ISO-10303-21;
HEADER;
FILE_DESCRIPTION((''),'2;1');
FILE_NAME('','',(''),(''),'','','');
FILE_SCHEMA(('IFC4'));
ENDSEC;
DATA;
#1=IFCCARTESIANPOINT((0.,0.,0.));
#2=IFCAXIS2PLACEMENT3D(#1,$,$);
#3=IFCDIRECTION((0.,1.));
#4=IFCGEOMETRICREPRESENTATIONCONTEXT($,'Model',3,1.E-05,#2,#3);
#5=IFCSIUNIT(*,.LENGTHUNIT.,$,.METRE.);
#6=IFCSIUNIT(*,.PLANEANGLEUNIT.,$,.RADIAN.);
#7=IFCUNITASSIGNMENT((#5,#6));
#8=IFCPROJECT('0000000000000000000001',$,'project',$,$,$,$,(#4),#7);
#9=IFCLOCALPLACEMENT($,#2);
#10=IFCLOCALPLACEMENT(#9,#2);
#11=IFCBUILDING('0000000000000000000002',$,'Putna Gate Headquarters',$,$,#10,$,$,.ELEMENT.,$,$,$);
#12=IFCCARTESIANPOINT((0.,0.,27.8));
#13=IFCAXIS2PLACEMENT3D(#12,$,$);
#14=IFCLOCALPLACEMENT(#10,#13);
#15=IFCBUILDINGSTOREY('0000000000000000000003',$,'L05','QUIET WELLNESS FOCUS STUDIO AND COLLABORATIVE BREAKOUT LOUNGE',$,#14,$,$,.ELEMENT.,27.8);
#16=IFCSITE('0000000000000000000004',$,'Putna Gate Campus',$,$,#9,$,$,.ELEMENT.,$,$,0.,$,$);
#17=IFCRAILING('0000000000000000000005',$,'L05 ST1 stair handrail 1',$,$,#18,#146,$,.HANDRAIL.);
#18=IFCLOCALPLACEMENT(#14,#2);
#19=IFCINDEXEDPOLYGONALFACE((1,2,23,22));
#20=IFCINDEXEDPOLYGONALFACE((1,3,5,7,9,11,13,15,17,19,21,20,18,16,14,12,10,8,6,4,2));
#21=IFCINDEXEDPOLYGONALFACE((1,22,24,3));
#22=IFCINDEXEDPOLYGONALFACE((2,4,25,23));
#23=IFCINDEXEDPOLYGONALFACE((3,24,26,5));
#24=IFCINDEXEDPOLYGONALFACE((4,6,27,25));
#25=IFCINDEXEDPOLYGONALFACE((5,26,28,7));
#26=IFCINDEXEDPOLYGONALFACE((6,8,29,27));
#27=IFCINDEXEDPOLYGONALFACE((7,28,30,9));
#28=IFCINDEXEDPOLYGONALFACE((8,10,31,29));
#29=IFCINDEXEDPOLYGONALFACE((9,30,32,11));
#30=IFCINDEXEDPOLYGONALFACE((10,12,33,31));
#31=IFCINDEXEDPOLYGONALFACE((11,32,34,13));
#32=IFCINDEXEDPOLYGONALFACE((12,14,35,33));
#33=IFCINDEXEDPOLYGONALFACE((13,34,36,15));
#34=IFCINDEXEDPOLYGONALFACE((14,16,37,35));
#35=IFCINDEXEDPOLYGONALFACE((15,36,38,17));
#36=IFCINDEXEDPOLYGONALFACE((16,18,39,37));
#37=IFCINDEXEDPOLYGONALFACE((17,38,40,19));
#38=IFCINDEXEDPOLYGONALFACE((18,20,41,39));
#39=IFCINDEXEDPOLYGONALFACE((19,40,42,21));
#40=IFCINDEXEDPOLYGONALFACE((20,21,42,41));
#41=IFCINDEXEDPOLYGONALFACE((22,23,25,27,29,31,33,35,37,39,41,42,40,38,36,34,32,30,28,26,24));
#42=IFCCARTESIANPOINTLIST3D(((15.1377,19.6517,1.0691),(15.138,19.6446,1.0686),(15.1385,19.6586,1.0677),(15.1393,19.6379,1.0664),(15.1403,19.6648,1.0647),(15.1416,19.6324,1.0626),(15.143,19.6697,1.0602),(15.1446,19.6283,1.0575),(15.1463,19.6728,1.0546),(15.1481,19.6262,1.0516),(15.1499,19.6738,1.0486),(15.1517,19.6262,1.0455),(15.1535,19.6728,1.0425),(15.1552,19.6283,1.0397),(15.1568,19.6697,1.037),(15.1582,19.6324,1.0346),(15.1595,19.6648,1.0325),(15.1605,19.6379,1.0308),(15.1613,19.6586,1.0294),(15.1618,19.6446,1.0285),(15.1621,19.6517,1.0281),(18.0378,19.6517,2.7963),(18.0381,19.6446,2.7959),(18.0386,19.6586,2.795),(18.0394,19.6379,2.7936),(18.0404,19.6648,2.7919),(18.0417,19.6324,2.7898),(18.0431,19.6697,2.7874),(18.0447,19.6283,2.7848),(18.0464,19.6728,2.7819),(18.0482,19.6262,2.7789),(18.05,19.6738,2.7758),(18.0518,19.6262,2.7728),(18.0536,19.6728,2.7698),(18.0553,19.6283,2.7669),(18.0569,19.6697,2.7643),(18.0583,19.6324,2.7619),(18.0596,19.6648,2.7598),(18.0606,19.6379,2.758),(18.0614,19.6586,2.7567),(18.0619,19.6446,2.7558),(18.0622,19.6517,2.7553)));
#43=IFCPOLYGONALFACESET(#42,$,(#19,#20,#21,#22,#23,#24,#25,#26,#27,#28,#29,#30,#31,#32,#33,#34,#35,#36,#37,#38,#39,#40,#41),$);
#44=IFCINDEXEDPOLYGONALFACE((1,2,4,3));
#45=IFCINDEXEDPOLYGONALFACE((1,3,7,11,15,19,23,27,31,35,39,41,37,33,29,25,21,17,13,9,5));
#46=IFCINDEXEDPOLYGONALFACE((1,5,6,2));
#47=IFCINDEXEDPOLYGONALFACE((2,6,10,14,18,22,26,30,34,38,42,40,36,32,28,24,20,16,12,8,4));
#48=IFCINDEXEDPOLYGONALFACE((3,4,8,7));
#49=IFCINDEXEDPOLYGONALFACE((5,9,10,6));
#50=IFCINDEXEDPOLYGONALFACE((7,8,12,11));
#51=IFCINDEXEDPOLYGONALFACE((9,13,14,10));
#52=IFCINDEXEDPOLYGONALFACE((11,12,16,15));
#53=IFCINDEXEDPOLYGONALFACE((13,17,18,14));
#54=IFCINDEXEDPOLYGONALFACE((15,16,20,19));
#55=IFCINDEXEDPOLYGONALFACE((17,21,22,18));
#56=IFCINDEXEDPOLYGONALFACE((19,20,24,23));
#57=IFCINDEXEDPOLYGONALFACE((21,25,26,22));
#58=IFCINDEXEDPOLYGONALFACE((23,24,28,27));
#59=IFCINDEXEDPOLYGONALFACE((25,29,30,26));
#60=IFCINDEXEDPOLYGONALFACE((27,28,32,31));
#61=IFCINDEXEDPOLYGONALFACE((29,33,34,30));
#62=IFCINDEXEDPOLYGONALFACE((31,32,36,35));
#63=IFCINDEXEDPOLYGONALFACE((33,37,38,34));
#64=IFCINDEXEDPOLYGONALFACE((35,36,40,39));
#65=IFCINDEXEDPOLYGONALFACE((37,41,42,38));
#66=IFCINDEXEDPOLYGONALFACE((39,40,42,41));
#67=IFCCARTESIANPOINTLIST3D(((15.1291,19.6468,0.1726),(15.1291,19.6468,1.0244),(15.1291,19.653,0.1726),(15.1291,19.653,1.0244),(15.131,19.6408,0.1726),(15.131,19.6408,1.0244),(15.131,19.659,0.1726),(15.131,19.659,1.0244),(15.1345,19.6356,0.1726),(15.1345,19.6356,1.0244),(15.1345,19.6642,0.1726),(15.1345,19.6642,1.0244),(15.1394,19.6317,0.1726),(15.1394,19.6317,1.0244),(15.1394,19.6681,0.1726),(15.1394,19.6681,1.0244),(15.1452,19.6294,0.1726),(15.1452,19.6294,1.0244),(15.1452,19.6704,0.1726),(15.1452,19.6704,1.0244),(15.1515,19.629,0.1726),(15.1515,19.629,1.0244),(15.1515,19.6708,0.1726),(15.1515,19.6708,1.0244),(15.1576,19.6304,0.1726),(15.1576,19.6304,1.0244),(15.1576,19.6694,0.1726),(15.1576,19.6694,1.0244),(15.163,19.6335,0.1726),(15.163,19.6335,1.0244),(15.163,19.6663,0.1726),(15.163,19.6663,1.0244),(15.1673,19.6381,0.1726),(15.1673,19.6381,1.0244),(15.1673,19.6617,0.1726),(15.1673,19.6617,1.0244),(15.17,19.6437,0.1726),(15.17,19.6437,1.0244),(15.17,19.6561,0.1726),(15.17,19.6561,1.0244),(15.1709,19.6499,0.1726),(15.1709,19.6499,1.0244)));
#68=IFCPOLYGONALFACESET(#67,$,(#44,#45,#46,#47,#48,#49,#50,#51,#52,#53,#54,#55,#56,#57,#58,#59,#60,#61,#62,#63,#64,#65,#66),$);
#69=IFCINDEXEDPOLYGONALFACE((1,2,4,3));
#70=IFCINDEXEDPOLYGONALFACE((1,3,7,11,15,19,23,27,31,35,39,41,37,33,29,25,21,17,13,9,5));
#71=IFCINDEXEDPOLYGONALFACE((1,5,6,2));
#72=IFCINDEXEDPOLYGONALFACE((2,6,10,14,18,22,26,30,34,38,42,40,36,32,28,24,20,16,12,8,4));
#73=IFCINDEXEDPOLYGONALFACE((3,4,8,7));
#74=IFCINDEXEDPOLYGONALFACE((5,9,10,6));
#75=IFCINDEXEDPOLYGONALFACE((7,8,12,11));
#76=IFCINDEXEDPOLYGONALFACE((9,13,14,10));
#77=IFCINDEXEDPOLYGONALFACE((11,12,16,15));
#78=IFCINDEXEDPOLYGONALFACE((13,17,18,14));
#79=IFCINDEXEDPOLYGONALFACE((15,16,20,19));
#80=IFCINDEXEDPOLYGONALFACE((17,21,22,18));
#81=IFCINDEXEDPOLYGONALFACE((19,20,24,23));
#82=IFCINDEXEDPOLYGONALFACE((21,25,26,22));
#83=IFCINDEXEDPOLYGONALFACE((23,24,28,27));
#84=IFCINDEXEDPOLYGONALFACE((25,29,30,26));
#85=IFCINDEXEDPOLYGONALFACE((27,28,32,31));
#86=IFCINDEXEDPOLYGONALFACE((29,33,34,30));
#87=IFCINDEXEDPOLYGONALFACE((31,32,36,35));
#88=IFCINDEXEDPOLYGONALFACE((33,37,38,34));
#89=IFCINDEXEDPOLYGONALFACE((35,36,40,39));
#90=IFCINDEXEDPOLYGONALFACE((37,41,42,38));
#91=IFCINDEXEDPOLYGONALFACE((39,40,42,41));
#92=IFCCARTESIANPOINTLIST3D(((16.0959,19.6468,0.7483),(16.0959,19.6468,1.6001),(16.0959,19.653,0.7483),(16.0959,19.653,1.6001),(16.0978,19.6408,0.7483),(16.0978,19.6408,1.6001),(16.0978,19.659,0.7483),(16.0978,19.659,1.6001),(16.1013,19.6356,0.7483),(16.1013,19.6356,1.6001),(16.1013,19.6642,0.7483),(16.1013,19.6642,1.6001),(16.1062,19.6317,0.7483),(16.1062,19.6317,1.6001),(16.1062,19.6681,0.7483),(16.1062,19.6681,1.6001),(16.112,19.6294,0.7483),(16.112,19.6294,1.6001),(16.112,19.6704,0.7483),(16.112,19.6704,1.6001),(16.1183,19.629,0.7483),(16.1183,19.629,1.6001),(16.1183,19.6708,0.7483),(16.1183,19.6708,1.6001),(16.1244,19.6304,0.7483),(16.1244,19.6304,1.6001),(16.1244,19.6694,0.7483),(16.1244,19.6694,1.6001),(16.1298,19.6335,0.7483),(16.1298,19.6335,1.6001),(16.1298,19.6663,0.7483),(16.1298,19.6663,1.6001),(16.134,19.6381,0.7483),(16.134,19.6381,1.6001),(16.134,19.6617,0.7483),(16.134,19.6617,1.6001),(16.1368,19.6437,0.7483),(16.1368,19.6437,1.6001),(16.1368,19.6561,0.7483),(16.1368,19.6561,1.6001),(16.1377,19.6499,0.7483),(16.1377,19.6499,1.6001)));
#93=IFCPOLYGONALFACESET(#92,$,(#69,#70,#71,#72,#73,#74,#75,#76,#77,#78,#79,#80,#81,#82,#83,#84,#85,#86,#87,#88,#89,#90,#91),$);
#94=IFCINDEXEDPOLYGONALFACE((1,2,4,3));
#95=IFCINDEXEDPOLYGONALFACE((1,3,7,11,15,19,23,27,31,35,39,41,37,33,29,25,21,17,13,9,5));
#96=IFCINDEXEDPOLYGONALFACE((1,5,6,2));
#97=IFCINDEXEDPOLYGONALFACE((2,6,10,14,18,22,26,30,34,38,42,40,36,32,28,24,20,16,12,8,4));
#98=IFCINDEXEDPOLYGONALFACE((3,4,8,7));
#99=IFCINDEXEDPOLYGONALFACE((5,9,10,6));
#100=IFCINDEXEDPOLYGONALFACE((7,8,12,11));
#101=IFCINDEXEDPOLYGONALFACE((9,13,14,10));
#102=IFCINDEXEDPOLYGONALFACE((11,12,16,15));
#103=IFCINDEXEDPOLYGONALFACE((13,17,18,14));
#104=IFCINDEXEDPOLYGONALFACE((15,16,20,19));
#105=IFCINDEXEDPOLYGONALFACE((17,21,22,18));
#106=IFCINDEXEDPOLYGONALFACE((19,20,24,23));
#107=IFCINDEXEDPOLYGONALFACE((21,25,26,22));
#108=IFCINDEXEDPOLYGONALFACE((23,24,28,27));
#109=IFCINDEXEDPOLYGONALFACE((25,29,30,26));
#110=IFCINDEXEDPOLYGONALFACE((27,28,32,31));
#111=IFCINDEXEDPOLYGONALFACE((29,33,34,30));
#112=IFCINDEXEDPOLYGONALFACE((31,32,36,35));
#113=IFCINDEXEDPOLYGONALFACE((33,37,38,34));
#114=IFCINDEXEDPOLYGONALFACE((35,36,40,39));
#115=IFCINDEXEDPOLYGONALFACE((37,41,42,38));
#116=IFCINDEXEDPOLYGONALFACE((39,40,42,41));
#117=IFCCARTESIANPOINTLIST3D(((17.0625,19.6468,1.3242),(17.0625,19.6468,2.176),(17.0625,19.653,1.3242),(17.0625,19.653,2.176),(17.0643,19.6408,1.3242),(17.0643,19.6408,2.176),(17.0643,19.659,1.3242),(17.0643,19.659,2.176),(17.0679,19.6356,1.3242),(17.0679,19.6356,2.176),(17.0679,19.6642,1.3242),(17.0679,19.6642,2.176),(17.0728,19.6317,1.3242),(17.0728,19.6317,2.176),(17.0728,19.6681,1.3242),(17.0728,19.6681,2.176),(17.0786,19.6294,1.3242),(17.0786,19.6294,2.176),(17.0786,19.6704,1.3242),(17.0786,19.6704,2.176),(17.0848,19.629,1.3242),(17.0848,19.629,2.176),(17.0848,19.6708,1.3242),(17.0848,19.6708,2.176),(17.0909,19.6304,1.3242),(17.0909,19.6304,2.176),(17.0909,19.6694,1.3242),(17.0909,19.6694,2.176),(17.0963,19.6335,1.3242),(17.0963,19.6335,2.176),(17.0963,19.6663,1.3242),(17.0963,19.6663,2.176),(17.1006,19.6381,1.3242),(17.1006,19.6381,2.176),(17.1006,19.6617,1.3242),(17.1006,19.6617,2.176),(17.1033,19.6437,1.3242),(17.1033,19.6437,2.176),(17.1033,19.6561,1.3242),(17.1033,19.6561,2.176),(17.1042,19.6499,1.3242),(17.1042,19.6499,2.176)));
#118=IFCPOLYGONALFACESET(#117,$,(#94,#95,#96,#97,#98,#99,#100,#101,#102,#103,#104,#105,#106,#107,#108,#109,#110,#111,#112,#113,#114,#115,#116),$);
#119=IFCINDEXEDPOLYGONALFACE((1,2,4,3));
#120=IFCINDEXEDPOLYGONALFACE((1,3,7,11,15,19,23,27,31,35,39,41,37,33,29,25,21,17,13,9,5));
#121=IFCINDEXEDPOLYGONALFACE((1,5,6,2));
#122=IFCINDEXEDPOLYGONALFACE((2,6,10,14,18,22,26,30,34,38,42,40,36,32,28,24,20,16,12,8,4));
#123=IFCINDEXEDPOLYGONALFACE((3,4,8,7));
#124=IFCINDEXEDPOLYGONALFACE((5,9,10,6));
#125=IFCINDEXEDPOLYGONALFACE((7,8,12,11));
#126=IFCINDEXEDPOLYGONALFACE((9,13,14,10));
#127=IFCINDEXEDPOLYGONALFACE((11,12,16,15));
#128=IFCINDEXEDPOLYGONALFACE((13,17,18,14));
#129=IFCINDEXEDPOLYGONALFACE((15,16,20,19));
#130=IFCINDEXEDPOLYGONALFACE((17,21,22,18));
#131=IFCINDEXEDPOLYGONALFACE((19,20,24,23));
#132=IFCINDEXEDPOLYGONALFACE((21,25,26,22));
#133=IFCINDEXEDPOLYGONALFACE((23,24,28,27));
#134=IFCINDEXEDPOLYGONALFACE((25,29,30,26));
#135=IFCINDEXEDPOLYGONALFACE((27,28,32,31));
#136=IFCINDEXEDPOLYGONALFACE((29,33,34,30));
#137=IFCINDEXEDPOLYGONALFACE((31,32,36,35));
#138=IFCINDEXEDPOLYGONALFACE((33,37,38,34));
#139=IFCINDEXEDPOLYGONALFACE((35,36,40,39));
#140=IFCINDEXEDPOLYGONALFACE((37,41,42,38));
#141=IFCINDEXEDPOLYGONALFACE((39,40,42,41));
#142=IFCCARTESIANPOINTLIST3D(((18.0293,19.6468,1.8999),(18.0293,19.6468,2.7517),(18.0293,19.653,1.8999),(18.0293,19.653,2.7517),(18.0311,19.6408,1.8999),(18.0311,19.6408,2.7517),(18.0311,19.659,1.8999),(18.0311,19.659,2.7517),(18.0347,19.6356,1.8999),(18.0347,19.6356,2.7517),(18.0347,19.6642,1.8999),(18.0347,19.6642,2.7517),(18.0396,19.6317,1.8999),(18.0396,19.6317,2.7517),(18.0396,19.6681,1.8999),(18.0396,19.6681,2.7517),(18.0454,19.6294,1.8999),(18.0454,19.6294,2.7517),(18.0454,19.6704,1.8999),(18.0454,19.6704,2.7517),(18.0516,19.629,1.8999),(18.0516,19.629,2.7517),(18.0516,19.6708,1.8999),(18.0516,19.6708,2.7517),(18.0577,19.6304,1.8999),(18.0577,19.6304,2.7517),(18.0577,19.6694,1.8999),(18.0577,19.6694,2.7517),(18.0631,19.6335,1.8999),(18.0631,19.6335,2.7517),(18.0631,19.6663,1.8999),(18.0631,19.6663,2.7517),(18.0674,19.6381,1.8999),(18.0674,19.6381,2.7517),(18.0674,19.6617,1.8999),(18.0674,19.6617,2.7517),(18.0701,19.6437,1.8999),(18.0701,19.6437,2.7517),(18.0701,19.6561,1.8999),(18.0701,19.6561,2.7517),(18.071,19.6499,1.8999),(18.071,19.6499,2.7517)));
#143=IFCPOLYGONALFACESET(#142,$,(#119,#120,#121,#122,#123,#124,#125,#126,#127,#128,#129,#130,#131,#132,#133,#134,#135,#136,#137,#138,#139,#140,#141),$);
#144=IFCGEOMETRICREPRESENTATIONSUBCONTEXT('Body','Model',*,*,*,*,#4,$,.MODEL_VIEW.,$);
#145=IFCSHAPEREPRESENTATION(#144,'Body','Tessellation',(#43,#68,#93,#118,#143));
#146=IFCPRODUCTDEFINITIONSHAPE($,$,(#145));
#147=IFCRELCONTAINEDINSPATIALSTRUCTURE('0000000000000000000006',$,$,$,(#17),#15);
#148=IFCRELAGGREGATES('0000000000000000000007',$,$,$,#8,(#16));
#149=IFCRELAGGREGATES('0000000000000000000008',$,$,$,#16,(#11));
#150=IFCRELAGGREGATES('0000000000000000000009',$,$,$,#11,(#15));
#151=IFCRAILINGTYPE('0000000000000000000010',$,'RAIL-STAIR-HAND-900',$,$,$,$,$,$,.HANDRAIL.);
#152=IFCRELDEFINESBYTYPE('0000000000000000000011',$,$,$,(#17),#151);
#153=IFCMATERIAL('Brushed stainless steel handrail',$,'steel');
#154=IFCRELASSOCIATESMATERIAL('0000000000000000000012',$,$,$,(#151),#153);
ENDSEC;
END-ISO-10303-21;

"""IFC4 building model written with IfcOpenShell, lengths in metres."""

from ifc_helpers import new_model, si_unit, direction, frame, origin, origin_2d, place, context, subcontext, project, spatial, circle, extrude, material, type_object, element, save


model = new_model("IFC4")

# Units and contexts
model_context = context("Model", 3, precision=1e-05, world=origin(), true_north=direction((0.0, 1.0)))
body_context = subcontext(model_context, "Body", "Model", "MODEL_VIEW")
ifc_project = project(units=[si_unit("LENGTHUNIT", "METRE"), si_unit("PLANEANGLEUNIT", "RADIAN")], contexts=[model_context])

# Site, building, storey
site_placement = place(None, origin())
site = spatial("IfcSite", under=ifc_project, at=site_placement, Name="Putna Gate Campus", CompositionType="ELEMENT", RefElevation=0.0)
building_placement = place(site_placement, origin())
building = spatial("IfcBuilding", under=site, at=building_placement, Name="Putna Gate Headquarters", CompositionType="ELEMENT")
storey_placement = place(building_placement, frame((0.0, 0.0, 27.8)))
storey = spatial("IfcBuildingStorey", under=building, at=storey_placement, Name="L05", Description="QUIET WELLNESS FOCUS STUDIO AND COLLABORATIVE BREAKOUT LOUNGE", CompositionType="ELEMENT", Elevation=27.8)

# Railing
ifc_material_1 = material(Name="Brushed stainless steel handrail", Category="steel")
railing_type_1 = type_object("IfcRailingType", Name="RAIL-STAIR-HAND-900", PredefinedType="HANDRAIL", material=ifc_material_1)
railing_1_placement = place(storey_placement, frame((15.1499, 19.6499, 0.1726)))
element("IfcRailing", 1, at=railing_1_placement, inside=storey, type_object=railing_type_1, Name="L05 ST1 stair handrail 1", PredefinedType="HANDRAIL", context=body_context, shape_type="SweptSolid", body=[
    extrude(circle(Radius=0.0239, at=origin_2d()), frame((0.0, 0.0, 0.876), z_axis=(0.85916, 0.0, 0.511706), x_axis=(0.0, 1.0, 0.0)), (0.0, 0.0, 1.0), 3.3755),
    extrude(circle(Radius=0.021, at=origin_2d()), origin(), (0.0, 0.0, 1.0), 0.8518),
    extrude(circle(Radius=0.021, at=origin_2d()), frame((0.9668, 0.0, 0.5757)), (0.0, 0.0, 1.0), 0.8518),
    extrude(circle(Radius=0.021, at=origin_2d()), frame((1.9333, 0.0, 1.1516)), (0.0, 0.0, 1.0), 0.8518),
    extrude(circle(Radius=0.021, at=origin_2d()), frame((2.9001, 0.0, 1.7273)), (0.0, 0.0, 1.0), 0.8518),
])

save(model, "model.ifc")
